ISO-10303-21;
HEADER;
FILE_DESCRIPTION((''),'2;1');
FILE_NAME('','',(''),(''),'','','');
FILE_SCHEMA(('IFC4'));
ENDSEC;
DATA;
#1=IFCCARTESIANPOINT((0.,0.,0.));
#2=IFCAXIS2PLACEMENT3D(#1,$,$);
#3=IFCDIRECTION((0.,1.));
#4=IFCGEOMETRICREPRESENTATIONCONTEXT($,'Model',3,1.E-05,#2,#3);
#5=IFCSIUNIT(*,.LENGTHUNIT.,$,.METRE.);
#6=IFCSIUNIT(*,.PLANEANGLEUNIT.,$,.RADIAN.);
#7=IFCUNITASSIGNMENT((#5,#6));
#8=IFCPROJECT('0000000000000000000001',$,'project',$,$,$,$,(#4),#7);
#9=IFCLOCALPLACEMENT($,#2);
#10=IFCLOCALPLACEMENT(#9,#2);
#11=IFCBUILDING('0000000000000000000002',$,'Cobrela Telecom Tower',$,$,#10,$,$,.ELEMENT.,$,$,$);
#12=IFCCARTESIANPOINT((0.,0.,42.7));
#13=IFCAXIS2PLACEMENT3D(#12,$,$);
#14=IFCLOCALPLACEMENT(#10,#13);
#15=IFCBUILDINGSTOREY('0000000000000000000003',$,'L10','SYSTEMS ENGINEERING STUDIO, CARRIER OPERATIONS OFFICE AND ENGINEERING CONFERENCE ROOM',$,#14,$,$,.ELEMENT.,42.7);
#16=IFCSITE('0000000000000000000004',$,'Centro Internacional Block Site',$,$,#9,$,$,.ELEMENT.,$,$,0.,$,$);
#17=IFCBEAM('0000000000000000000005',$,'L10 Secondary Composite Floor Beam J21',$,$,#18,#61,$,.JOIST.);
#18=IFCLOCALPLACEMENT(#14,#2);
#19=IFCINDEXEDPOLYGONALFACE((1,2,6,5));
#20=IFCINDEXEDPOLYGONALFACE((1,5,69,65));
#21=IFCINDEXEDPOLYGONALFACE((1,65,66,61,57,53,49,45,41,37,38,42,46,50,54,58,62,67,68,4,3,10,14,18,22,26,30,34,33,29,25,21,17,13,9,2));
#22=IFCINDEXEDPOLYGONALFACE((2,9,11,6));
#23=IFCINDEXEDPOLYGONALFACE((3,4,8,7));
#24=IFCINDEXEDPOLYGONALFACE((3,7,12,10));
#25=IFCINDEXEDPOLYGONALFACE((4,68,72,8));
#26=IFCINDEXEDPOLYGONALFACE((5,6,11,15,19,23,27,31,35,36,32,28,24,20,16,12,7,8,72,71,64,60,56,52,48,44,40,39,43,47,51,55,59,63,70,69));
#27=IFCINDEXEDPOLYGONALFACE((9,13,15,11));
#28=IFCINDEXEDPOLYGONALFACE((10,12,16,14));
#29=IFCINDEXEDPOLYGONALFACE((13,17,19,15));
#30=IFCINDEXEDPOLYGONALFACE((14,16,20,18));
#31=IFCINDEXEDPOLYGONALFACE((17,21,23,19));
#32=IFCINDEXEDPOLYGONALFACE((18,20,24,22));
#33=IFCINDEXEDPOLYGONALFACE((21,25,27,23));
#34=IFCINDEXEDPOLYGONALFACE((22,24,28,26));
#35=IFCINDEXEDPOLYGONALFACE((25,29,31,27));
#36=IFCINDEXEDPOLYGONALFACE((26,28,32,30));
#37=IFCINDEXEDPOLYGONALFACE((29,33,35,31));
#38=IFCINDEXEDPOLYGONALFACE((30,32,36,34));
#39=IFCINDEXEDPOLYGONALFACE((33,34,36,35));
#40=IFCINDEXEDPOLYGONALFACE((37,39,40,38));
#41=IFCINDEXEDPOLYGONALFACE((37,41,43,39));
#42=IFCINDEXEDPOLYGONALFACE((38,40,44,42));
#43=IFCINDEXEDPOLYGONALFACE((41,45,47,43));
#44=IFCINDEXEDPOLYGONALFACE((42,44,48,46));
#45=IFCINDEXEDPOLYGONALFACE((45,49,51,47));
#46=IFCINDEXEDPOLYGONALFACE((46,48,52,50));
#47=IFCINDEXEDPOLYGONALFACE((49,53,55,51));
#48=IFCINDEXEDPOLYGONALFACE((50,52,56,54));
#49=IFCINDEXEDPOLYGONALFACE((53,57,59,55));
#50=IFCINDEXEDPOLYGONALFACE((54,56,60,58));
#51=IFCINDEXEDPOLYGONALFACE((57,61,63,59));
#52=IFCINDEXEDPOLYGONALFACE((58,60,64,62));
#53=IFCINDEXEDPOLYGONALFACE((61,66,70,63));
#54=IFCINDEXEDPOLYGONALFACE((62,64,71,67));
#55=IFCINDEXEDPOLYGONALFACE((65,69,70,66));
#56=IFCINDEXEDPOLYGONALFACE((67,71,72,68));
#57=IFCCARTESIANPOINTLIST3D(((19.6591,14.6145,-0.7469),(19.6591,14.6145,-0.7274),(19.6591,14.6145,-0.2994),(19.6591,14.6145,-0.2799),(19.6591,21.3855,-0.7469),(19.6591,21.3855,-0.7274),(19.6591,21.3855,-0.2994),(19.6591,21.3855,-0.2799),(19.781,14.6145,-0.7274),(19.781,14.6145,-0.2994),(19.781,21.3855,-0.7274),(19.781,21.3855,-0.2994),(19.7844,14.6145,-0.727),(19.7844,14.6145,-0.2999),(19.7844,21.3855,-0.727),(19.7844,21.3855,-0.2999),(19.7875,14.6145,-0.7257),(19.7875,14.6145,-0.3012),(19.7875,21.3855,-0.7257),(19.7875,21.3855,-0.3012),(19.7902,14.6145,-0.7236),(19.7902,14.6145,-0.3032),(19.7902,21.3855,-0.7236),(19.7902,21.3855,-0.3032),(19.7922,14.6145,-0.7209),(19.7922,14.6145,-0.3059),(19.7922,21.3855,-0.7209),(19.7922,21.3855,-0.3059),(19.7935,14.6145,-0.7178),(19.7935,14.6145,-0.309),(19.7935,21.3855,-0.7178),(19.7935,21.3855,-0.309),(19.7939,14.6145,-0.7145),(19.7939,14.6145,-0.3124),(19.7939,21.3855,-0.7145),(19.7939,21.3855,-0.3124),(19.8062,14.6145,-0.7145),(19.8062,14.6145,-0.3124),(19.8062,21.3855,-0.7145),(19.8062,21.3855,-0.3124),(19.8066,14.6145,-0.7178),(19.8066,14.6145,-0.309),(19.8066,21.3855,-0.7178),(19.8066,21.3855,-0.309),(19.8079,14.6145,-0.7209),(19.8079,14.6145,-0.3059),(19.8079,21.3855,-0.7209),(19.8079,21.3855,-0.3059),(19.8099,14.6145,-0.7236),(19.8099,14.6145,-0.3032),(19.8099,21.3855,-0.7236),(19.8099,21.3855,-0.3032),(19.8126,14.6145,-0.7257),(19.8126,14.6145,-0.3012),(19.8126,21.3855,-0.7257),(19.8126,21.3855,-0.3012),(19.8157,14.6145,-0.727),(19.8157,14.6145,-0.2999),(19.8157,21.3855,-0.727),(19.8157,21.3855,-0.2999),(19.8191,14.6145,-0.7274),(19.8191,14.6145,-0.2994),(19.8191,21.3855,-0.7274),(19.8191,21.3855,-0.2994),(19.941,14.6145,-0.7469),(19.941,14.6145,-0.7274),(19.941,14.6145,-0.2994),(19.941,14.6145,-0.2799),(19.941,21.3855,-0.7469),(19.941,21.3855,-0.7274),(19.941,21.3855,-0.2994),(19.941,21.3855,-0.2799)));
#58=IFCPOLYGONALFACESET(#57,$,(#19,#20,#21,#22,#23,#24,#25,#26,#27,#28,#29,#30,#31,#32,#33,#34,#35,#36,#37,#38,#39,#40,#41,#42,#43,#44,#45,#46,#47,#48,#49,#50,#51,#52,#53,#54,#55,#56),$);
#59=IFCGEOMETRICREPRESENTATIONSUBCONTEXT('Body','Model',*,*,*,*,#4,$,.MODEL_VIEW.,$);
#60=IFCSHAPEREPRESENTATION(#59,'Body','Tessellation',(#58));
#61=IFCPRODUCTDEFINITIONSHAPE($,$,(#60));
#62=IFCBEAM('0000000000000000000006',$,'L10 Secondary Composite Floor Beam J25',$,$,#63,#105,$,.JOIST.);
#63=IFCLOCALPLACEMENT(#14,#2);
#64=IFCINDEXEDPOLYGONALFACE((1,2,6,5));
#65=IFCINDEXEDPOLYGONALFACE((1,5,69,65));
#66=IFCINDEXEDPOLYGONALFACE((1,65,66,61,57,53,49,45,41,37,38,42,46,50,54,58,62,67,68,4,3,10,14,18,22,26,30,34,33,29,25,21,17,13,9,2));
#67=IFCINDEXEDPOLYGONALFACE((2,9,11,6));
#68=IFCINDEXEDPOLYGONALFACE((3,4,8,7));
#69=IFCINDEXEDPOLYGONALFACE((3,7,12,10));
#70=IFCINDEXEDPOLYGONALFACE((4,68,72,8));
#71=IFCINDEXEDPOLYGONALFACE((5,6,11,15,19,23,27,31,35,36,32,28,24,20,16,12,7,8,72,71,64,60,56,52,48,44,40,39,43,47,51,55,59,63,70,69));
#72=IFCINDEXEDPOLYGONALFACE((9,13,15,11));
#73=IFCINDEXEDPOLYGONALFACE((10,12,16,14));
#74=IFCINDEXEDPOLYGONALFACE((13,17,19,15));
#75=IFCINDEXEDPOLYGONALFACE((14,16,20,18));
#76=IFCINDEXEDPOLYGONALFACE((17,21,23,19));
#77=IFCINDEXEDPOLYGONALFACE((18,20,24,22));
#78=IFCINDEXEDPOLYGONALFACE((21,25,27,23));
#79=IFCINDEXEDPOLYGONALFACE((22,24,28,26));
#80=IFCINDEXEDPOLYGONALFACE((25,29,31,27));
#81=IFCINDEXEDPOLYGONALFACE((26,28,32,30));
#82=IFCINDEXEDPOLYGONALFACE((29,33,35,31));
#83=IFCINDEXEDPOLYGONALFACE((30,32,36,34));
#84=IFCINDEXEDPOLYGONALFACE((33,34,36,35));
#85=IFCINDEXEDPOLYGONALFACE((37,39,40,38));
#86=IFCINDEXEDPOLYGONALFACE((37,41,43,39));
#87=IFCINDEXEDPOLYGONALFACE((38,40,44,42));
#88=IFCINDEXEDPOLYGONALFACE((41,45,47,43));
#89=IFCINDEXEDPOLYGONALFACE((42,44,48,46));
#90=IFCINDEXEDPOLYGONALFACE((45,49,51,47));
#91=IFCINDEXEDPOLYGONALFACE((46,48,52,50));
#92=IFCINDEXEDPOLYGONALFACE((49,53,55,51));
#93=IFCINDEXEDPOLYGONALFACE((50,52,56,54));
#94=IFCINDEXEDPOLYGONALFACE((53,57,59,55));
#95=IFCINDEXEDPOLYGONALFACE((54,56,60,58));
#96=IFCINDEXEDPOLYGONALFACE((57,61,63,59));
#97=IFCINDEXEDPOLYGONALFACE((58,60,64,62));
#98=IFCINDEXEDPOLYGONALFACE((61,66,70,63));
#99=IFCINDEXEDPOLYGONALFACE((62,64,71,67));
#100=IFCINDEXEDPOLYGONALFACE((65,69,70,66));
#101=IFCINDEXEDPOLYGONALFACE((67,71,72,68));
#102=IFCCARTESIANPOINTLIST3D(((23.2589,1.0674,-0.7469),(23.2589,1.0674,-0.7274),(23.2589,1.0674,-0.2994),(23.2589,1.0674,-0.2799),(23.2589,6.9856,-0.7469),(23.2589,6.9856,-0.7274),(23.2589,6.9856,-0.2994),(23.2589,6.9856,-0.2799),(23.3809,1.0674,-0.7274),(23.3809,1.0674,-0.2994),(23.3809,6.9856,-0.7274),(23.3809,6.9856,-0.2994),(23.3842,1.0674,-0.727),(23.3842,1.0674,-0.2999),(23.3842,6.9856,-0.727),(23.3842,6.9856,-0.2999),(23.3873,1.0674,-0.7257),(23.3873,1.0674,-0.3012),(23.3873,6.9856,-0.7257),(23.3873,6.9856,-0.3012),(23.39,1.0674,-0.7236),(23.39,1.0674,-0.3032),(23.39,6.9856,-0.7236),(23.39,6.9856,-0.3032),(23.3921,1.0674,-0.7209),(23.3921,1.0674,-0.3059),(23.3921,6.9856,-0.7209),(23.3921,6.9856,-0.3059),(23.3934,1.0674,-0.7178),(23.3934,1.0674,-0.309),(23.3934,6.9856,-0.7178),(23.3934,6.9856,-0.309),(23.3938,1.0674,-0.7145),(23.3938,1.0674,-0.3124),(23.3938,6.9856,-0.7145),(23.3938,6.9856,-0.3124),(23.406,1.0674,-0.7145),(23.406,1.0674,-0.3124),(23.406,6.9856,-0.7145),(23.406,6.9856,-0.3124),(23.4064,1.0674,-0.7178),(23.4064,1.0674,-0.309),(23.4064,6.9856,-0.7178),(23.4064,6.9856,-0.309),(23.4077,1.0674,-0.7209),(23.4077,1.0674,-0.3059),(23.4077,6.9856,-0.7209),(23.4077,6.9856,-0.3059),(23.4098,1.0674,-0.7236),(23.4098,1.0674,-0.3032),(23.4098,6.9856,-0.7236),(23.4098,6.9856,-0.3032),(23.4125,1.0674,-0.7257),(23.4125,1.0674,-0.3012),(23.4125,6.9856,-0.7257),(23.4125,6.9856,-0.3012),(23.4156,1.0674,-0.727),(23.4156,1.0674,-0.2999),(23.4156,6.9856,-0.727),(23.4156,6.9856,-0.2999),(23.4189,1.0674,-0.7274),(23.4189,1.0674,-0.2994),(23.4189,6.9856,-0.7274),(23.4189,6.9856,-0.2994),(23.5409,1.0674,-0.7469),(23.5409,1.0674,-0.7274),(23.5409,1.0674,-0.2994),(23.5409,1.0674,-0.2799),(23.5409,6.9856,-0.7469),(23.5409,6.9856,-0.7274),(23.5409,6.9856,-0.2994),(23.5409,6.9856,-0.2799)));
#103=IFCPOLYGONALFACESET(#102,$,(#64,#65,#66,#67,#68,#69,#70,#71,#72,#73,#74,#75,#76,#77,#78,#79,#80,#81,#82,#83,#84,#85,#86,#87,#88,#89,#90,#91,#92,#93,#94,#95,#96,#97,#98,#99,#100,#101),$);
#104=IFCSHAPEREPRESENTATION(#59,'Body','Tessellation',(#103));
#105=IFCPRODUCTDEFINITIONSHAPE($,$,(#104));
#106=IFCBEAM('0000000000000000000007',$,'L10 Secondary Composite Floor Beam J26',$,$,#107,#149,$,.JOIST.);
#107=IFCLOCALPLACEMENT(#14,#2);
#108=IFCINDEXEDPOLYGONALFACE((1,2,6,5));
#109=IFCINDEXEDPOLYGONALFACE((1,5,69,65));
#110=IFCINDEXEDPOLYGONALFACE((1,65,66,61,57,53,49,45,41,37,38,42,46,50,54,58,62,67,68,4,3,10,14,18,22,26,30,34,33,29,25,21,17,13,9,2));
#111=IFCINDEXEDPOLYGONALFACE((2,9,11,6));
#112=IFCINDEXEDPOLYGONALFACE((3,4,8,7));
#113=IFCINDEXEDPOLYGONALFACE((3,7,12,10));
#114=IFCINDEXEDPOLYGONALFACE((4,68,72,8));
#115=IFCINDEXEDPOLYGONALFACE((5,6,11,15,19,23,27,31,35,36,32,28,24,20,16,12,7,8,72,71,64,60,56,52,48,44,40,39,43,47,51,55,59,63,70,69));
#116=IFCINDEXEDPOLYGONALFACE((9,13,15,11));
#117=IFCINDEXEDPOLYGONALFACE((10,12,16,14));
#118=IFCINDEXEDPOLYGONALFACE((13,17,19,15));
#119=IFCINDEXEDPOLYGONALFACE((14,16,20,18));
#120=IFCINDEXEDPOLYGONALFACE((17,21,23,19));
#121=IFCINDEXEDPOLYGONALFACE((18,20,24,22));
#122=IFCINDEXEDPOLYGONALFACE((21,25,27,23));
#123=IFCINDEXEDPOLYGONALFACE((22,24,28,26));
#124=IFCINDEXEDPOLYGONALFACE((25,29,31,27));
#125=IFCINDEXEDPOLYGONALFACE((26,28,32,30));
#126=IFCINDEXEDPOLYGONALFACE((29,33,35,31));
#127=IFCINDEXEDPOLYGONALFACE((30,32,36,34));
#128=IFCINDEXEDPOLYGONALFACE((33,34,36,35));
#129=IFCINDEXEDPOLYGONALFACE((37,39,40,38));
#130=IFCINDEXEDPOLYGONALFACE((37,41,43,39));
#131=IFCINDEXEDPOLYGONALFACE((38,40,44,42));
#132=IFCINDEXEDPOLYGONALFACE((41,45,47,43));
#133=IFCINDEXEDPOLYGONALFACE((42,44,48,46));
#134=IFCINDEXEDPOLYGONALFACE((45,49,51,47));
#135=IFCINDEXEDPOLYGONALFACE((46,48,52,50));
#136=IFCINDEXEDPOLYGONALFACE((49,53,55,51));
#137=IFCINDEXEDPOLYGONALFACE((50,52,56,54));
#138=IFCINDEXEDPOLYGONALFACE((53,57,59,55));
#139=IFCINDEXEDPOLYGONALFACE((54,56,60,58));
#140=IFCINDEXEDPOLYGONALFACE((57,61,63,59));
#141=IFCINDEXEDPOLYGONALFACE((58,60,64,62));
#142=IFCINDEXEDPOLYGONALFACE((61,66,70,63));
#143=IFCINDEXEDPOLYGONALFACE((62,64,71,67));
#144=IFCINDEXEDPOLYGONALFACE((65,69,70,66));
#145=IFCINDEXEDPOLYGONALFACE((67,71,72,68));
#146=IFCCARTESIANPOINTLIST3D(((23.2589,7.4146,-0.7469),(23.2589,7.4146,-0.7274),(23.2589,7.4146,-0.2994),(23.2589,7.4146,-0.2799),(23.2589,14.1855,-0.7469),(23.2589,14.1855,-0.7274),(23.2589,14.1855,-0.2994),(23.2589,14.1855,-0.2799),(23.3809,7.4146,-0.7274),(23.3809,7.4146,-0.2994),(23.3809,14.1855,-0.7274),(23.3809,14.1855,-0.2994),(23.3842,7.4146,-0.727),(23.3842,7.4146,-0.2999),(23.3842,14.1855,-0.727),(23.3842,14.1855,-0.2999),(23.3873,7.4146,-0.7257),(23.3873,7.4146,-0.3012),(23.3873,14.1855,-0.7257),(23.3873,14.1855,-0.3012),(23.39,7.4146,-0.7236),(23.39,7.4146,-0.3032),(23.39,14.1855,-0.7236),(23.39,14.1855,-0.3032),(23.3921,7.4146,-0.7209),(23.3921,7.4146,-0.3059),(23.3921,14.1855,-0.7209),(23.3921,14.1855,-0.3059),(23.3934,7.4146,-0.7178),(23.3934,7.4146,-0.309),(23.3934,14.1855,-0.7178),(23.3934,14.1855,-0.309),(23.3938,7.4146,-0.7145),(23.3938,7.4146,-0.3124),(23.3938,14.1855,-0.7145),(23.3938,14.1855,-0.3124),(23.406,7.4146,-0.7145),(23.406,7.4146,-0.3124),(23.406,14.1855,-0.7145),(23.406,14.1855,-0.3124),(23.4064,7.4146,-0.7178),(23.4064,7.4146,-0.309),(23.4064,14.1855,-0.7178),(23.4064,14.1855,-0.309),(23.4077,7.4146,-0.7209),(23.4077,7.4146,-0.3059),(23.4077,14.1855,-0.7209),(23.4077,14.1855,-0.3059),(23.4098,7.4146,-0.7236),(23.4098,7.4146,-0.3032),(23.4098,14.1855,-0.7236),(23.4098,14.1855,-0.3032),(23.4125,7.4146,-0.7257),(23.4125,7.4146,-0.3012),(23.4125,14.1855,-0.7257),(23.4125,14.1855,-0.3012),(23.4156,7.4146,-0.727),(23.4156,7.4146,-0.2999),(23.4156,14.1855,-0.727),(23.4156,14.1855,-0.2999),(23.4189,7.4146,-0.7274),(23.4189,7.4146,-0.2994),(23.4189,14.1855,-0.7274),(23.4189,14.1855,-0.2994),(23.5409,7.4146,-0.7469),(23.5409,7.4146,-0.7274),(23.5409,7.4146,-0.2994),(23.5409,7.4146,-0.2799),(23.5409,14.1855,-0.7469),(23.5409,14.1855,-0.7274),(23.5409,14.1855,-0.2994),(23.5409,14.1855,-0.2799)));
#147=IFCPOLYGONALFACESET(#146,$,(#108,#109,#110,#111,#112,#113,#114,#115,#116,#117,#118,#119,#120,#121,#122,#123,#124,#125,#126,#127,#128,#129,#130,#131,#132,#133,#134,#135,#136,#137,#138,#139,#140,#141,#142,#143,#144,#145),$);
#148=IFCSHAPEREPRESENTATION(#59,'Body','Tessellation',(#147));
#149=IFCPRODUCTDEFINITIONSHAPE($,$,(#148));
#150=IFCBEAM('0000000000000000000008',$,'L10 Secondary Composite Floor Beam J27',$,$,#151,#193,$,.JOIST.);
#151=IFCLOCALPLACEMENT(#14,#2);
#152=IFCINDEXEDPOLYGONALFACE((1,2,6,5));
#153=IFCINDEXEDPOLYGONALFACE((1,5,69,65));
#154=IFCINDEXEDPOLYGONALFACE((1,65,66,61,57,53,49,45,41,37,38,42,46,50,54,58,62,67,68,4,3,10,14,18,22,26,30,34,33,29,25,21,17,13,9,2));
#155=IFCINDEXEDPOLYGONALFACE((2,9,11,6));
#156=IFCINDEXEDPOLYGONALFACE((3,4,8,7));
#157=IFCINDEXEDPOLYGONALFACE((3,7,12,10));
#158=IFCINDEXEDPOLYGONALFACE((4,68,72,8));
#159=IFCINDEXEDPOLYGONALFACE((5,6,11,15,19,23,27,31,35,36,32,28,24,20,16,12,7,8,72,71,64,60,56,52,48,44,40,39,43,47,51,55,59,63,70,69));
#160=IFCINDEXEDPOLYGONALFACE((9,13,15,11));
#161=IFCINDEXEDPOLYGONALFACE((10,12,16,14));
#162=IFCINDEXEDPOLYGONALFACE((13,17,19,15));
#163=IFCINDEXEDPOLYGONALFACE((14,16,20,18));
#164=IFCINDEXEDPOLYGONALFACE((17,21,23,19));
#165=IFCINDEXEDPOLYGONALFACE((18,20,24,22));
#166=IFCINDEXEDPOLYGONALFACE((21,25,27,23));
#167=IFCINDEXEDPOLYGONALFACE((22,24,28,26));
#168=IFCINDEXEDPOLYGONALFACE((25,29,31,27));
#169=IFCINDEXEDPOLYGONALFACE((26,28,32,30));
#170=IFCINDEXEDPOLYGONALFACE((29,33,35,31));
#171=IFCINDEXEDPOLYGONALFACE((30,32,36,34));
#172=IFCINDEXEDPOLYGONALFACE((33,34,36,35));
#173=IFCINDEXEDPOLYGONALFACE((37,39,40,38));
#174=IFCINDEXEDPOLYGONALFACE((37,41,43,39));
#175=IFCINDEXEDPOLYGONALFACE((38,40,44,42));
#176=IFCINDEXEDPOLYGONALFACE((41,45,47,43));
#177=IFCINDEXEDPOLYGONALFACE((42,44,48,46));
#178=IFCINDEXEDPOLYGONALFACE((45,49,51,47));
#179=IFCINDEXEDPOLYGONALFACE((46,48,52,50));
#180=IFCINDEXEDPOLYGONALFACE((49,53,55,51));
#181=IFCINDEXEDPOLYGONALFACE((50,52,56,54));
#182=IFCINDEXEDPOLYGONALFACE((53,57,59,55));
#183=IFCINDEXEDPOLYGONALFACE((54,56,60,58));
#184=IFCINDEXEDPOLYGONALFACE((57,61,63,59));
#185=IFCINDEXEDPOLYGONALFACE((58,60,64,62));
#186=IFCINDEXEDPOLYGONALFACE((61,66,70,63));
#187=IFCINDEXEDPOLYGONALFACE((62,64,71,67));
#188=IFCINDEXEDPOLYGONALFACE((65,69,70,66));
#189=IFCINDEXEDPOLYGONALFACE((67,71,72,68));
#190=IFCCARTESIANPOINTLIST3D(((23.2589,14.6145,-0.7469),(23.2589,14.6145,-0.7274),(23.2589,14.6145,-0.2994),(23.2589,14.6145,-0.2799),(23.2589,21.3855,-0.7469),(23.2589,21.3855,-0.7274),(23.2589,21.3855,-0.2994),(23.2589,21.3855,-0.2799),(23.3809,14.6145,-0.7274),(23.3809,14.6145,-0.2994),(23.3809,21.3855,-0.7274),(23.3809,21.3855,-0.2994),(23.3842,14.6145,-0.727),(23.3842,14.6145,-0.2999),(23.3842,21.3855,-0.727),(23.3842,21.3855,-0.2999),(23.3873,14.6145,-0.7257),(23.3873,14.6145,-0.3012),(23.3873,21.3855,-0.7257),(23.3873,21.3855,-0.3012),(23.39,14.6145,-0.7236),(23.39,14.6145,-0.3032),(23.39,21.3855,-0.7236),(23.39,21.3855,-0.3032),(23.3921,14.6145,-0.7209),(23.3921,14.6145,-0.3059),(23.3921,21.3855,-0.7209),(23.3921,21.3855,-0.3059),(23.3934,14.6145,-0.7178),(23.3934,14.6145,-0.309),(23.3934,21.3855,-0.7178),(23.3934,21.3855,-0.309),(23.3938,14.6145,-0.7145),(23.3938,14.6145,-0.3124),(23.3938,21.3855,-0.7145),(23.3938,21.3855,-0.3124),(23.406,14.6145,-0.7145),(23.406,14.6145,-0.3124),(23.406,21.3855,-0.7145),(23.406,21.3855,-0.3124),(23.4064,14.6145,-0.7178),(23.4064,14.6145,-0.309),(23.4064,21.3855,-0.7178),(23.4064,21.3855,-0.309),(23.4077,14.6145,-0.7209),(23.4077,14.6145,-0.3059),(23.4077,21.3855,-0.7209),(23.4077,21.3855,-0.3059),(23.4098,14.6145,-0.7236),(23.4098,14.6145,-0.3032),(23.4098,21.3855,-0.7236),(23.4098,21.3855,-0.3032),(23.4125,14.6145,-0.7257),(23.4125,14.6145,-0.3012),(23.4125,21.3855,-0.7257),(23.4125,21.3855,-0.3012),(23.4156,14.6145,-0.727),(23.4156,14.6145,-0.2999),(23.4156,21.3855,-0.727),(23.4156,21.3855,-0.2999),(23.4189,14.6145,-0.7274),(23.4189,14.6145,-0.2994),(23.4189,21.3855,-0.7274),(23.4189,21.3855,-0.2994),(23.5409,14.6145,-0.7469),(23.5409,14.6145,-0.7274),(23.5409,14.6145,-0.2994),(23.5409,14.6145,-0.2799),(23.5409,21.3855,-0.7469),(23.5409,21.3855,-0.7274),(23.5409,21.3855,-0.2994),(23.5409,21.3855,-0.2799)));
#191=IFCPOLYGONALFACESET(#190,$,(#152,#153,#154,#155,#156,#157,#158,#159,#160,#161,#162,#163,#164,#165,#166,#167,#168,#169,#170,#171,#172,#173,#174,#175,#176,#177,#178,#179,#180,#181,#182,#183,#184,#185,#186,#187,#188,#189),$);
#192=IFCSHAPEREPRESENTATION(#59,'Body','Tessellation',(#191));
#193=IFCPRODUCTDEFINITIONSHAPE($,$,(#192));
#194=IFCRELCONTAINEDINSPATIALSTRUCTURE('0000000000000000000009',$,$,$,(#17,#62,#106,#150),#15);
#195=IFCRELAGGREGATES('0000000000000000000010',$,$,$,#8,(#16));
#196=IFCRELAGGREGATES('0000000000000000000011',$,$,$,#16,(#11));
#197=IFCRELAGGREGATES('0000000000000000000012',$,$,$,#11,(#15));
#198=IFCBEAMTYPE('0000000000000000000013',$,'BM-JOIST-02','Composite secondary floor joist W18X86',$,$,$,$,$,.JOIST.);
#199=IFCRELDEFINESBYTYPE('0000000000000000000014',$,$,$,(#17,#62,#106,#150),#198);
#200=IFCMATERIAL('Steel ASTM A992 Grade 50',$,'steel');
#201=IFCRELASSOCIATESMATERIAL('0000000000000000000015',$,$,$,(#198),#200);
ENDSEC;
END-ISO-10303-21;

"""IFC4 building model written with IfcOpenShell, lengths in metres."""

from ifc_helpers import new_model, si_unit, direction, frame, origin, origin_2d, place, context, subcontext, project, spatial, i_section, extrude, material, material_profile, profile_set, type_object, element, save


model = new_model("IFC4")

# Units and contexts
model_context = context("Model", 3, precision=1e-05, world=origin(), true_north=direction((0.0, 1.0)))
body_context = subcontext(model_context, "Body", "Model", "MODEL_VIEW")
ifc_project = project(units=[si_unit("LENGTHUNIT", "METRE"), si_unit("PLANEANGLEUNIT", "RADIAN")], contexts=[model_context])

# Site, building, storey
site_placement = place(None, origin())
site = spatial("IfcSite", under=ifc_project, at=site_placement, Name="Centro Internacional Block Site", CompositionType="ELEMENT", RefElevation=0.0)
building_placement = place(site_placement, origin())
building = spatial("IfcBuilding", under=site, at=building_placement, Name="Cobrela Telecom Tower", CompositionType="ELEMENT")
storey_placement = place(building_placement, frame((0.0, 0.0, 42.7)))
storey = spatial("IfcBuildingStorey", under=building, at=storey_placement, Name="L10", Description="SYSTEMS ENGINEERING STUDIO, CARRIER OPERATIONS OFFICE AND ENGINEERING CONFERENCE ROOM", CompositionType="ELEMENT", Elevation=42.7)

# Shared definitions
ifc_material_1 = material(Name="Steel ASTM A992 Grade 50", Category="steel")

# Beams
ifc_material_profile_1 = material_profile(ifc_material_1, i_section(OverallWidth=0.282, OverallDepth=0.467, WebThickness=0.0122, FlangeThickness=0.0195, FilletRadius=0.0129, at=origin_2d()), Name="W18X86")
ifc_profile_set_1 = profile_set([ifc_material_profile_1], Name="Steel ASTM A992 Grade 50")
beam_type_1 = type_object("IfcBeamType", Name="BM-JOIST-02", Description="Composite secondary floor joist W18X86", PredefinedType="JOIST", material=ifc_profile_set_1)
for number, where, z_axis, x_axis, name in (
    (1, (19.8, 14.6145, -0.5134), (0.0, 1.0, 0.0), (-1.0, 0.0, 0.0), "L10 Secondary Composite Floor Beam J21"),
):
    element("IfcBeam", number, at=place(storey_placement, frame(where, z_axis=z_axis, x_axis=x_axis)), inside=storey, type_object=beam_type_1, Name=name, PredefinedType="JOIST", context=body_context, shape_type="SweptSolid", body=[
        extrude(i_section(OverallWidth=0.282, OverallDepth=0.467, WebThickness=0.0122, FlangeThickness=0.0195, FilletRadius=0.0129, at=origin_2d()), origin(), (0.0, 0.0, 1.0), 6.771),
    ])
beam_1_placement = place(storey_placement, frame((23.3999, 1.0674, -0.5134), z_axis=(0.0, 1.0, 0.0), x_axis=(-1.0, 0.0, 0.0)))
element("IfcBeam", 2, at=beam_1_placement, inside=storey, type_object=beam_type_1, Name="L10 Secondary Composite Floor Beam J25", PredefinedType="JOIST", context=body_context, shape_type="SweptSolid", body=[
    extrude(i_section(OverallWidth=0.282, OverallDepth=0.467, WebThickness=0.0122, FlangeThickness=0.0195, FilletRadius=0.0129, at=origin_2d()), origin(), (0.0, 0.0, 1.0), 5.9182),
])
for number, where, z_axis, x_axis, name in (
    (3, (23.3999, 7.4146, -0.5134), (0.0, 1.0, 0.0), (-1.0, 0.0, 0.0), "L10 Secondary Composite Floor Beam J26"),
    (4, (23.3999, 14.6145, -0.5134), (0.0, 1.0, 0.0), (-1.0, 0.0, 0.0), "L10 Secondary Composite Floor Beam J27"),
):
    element("IfcBeam", number, at=place(storey_placement, frame(where, z_axis=z_axis, x_axis=x_axis)), inside=storey, type_object=beam_type_1, Name=name, PredefinedType="JOIST", context=body_context, shape_type="SweptSolid", body=[
        extrude(i_section(OverallWidth=0.282, OverallDepth=0.467, WebThickness=0.0122, FlangeThickness=0.0195, FilletRadius=0.0129, at=origin_2d()), origin(), (0.0, 0.0, 1.0), 6.771),
    ])

save(model, "model.ifc")
